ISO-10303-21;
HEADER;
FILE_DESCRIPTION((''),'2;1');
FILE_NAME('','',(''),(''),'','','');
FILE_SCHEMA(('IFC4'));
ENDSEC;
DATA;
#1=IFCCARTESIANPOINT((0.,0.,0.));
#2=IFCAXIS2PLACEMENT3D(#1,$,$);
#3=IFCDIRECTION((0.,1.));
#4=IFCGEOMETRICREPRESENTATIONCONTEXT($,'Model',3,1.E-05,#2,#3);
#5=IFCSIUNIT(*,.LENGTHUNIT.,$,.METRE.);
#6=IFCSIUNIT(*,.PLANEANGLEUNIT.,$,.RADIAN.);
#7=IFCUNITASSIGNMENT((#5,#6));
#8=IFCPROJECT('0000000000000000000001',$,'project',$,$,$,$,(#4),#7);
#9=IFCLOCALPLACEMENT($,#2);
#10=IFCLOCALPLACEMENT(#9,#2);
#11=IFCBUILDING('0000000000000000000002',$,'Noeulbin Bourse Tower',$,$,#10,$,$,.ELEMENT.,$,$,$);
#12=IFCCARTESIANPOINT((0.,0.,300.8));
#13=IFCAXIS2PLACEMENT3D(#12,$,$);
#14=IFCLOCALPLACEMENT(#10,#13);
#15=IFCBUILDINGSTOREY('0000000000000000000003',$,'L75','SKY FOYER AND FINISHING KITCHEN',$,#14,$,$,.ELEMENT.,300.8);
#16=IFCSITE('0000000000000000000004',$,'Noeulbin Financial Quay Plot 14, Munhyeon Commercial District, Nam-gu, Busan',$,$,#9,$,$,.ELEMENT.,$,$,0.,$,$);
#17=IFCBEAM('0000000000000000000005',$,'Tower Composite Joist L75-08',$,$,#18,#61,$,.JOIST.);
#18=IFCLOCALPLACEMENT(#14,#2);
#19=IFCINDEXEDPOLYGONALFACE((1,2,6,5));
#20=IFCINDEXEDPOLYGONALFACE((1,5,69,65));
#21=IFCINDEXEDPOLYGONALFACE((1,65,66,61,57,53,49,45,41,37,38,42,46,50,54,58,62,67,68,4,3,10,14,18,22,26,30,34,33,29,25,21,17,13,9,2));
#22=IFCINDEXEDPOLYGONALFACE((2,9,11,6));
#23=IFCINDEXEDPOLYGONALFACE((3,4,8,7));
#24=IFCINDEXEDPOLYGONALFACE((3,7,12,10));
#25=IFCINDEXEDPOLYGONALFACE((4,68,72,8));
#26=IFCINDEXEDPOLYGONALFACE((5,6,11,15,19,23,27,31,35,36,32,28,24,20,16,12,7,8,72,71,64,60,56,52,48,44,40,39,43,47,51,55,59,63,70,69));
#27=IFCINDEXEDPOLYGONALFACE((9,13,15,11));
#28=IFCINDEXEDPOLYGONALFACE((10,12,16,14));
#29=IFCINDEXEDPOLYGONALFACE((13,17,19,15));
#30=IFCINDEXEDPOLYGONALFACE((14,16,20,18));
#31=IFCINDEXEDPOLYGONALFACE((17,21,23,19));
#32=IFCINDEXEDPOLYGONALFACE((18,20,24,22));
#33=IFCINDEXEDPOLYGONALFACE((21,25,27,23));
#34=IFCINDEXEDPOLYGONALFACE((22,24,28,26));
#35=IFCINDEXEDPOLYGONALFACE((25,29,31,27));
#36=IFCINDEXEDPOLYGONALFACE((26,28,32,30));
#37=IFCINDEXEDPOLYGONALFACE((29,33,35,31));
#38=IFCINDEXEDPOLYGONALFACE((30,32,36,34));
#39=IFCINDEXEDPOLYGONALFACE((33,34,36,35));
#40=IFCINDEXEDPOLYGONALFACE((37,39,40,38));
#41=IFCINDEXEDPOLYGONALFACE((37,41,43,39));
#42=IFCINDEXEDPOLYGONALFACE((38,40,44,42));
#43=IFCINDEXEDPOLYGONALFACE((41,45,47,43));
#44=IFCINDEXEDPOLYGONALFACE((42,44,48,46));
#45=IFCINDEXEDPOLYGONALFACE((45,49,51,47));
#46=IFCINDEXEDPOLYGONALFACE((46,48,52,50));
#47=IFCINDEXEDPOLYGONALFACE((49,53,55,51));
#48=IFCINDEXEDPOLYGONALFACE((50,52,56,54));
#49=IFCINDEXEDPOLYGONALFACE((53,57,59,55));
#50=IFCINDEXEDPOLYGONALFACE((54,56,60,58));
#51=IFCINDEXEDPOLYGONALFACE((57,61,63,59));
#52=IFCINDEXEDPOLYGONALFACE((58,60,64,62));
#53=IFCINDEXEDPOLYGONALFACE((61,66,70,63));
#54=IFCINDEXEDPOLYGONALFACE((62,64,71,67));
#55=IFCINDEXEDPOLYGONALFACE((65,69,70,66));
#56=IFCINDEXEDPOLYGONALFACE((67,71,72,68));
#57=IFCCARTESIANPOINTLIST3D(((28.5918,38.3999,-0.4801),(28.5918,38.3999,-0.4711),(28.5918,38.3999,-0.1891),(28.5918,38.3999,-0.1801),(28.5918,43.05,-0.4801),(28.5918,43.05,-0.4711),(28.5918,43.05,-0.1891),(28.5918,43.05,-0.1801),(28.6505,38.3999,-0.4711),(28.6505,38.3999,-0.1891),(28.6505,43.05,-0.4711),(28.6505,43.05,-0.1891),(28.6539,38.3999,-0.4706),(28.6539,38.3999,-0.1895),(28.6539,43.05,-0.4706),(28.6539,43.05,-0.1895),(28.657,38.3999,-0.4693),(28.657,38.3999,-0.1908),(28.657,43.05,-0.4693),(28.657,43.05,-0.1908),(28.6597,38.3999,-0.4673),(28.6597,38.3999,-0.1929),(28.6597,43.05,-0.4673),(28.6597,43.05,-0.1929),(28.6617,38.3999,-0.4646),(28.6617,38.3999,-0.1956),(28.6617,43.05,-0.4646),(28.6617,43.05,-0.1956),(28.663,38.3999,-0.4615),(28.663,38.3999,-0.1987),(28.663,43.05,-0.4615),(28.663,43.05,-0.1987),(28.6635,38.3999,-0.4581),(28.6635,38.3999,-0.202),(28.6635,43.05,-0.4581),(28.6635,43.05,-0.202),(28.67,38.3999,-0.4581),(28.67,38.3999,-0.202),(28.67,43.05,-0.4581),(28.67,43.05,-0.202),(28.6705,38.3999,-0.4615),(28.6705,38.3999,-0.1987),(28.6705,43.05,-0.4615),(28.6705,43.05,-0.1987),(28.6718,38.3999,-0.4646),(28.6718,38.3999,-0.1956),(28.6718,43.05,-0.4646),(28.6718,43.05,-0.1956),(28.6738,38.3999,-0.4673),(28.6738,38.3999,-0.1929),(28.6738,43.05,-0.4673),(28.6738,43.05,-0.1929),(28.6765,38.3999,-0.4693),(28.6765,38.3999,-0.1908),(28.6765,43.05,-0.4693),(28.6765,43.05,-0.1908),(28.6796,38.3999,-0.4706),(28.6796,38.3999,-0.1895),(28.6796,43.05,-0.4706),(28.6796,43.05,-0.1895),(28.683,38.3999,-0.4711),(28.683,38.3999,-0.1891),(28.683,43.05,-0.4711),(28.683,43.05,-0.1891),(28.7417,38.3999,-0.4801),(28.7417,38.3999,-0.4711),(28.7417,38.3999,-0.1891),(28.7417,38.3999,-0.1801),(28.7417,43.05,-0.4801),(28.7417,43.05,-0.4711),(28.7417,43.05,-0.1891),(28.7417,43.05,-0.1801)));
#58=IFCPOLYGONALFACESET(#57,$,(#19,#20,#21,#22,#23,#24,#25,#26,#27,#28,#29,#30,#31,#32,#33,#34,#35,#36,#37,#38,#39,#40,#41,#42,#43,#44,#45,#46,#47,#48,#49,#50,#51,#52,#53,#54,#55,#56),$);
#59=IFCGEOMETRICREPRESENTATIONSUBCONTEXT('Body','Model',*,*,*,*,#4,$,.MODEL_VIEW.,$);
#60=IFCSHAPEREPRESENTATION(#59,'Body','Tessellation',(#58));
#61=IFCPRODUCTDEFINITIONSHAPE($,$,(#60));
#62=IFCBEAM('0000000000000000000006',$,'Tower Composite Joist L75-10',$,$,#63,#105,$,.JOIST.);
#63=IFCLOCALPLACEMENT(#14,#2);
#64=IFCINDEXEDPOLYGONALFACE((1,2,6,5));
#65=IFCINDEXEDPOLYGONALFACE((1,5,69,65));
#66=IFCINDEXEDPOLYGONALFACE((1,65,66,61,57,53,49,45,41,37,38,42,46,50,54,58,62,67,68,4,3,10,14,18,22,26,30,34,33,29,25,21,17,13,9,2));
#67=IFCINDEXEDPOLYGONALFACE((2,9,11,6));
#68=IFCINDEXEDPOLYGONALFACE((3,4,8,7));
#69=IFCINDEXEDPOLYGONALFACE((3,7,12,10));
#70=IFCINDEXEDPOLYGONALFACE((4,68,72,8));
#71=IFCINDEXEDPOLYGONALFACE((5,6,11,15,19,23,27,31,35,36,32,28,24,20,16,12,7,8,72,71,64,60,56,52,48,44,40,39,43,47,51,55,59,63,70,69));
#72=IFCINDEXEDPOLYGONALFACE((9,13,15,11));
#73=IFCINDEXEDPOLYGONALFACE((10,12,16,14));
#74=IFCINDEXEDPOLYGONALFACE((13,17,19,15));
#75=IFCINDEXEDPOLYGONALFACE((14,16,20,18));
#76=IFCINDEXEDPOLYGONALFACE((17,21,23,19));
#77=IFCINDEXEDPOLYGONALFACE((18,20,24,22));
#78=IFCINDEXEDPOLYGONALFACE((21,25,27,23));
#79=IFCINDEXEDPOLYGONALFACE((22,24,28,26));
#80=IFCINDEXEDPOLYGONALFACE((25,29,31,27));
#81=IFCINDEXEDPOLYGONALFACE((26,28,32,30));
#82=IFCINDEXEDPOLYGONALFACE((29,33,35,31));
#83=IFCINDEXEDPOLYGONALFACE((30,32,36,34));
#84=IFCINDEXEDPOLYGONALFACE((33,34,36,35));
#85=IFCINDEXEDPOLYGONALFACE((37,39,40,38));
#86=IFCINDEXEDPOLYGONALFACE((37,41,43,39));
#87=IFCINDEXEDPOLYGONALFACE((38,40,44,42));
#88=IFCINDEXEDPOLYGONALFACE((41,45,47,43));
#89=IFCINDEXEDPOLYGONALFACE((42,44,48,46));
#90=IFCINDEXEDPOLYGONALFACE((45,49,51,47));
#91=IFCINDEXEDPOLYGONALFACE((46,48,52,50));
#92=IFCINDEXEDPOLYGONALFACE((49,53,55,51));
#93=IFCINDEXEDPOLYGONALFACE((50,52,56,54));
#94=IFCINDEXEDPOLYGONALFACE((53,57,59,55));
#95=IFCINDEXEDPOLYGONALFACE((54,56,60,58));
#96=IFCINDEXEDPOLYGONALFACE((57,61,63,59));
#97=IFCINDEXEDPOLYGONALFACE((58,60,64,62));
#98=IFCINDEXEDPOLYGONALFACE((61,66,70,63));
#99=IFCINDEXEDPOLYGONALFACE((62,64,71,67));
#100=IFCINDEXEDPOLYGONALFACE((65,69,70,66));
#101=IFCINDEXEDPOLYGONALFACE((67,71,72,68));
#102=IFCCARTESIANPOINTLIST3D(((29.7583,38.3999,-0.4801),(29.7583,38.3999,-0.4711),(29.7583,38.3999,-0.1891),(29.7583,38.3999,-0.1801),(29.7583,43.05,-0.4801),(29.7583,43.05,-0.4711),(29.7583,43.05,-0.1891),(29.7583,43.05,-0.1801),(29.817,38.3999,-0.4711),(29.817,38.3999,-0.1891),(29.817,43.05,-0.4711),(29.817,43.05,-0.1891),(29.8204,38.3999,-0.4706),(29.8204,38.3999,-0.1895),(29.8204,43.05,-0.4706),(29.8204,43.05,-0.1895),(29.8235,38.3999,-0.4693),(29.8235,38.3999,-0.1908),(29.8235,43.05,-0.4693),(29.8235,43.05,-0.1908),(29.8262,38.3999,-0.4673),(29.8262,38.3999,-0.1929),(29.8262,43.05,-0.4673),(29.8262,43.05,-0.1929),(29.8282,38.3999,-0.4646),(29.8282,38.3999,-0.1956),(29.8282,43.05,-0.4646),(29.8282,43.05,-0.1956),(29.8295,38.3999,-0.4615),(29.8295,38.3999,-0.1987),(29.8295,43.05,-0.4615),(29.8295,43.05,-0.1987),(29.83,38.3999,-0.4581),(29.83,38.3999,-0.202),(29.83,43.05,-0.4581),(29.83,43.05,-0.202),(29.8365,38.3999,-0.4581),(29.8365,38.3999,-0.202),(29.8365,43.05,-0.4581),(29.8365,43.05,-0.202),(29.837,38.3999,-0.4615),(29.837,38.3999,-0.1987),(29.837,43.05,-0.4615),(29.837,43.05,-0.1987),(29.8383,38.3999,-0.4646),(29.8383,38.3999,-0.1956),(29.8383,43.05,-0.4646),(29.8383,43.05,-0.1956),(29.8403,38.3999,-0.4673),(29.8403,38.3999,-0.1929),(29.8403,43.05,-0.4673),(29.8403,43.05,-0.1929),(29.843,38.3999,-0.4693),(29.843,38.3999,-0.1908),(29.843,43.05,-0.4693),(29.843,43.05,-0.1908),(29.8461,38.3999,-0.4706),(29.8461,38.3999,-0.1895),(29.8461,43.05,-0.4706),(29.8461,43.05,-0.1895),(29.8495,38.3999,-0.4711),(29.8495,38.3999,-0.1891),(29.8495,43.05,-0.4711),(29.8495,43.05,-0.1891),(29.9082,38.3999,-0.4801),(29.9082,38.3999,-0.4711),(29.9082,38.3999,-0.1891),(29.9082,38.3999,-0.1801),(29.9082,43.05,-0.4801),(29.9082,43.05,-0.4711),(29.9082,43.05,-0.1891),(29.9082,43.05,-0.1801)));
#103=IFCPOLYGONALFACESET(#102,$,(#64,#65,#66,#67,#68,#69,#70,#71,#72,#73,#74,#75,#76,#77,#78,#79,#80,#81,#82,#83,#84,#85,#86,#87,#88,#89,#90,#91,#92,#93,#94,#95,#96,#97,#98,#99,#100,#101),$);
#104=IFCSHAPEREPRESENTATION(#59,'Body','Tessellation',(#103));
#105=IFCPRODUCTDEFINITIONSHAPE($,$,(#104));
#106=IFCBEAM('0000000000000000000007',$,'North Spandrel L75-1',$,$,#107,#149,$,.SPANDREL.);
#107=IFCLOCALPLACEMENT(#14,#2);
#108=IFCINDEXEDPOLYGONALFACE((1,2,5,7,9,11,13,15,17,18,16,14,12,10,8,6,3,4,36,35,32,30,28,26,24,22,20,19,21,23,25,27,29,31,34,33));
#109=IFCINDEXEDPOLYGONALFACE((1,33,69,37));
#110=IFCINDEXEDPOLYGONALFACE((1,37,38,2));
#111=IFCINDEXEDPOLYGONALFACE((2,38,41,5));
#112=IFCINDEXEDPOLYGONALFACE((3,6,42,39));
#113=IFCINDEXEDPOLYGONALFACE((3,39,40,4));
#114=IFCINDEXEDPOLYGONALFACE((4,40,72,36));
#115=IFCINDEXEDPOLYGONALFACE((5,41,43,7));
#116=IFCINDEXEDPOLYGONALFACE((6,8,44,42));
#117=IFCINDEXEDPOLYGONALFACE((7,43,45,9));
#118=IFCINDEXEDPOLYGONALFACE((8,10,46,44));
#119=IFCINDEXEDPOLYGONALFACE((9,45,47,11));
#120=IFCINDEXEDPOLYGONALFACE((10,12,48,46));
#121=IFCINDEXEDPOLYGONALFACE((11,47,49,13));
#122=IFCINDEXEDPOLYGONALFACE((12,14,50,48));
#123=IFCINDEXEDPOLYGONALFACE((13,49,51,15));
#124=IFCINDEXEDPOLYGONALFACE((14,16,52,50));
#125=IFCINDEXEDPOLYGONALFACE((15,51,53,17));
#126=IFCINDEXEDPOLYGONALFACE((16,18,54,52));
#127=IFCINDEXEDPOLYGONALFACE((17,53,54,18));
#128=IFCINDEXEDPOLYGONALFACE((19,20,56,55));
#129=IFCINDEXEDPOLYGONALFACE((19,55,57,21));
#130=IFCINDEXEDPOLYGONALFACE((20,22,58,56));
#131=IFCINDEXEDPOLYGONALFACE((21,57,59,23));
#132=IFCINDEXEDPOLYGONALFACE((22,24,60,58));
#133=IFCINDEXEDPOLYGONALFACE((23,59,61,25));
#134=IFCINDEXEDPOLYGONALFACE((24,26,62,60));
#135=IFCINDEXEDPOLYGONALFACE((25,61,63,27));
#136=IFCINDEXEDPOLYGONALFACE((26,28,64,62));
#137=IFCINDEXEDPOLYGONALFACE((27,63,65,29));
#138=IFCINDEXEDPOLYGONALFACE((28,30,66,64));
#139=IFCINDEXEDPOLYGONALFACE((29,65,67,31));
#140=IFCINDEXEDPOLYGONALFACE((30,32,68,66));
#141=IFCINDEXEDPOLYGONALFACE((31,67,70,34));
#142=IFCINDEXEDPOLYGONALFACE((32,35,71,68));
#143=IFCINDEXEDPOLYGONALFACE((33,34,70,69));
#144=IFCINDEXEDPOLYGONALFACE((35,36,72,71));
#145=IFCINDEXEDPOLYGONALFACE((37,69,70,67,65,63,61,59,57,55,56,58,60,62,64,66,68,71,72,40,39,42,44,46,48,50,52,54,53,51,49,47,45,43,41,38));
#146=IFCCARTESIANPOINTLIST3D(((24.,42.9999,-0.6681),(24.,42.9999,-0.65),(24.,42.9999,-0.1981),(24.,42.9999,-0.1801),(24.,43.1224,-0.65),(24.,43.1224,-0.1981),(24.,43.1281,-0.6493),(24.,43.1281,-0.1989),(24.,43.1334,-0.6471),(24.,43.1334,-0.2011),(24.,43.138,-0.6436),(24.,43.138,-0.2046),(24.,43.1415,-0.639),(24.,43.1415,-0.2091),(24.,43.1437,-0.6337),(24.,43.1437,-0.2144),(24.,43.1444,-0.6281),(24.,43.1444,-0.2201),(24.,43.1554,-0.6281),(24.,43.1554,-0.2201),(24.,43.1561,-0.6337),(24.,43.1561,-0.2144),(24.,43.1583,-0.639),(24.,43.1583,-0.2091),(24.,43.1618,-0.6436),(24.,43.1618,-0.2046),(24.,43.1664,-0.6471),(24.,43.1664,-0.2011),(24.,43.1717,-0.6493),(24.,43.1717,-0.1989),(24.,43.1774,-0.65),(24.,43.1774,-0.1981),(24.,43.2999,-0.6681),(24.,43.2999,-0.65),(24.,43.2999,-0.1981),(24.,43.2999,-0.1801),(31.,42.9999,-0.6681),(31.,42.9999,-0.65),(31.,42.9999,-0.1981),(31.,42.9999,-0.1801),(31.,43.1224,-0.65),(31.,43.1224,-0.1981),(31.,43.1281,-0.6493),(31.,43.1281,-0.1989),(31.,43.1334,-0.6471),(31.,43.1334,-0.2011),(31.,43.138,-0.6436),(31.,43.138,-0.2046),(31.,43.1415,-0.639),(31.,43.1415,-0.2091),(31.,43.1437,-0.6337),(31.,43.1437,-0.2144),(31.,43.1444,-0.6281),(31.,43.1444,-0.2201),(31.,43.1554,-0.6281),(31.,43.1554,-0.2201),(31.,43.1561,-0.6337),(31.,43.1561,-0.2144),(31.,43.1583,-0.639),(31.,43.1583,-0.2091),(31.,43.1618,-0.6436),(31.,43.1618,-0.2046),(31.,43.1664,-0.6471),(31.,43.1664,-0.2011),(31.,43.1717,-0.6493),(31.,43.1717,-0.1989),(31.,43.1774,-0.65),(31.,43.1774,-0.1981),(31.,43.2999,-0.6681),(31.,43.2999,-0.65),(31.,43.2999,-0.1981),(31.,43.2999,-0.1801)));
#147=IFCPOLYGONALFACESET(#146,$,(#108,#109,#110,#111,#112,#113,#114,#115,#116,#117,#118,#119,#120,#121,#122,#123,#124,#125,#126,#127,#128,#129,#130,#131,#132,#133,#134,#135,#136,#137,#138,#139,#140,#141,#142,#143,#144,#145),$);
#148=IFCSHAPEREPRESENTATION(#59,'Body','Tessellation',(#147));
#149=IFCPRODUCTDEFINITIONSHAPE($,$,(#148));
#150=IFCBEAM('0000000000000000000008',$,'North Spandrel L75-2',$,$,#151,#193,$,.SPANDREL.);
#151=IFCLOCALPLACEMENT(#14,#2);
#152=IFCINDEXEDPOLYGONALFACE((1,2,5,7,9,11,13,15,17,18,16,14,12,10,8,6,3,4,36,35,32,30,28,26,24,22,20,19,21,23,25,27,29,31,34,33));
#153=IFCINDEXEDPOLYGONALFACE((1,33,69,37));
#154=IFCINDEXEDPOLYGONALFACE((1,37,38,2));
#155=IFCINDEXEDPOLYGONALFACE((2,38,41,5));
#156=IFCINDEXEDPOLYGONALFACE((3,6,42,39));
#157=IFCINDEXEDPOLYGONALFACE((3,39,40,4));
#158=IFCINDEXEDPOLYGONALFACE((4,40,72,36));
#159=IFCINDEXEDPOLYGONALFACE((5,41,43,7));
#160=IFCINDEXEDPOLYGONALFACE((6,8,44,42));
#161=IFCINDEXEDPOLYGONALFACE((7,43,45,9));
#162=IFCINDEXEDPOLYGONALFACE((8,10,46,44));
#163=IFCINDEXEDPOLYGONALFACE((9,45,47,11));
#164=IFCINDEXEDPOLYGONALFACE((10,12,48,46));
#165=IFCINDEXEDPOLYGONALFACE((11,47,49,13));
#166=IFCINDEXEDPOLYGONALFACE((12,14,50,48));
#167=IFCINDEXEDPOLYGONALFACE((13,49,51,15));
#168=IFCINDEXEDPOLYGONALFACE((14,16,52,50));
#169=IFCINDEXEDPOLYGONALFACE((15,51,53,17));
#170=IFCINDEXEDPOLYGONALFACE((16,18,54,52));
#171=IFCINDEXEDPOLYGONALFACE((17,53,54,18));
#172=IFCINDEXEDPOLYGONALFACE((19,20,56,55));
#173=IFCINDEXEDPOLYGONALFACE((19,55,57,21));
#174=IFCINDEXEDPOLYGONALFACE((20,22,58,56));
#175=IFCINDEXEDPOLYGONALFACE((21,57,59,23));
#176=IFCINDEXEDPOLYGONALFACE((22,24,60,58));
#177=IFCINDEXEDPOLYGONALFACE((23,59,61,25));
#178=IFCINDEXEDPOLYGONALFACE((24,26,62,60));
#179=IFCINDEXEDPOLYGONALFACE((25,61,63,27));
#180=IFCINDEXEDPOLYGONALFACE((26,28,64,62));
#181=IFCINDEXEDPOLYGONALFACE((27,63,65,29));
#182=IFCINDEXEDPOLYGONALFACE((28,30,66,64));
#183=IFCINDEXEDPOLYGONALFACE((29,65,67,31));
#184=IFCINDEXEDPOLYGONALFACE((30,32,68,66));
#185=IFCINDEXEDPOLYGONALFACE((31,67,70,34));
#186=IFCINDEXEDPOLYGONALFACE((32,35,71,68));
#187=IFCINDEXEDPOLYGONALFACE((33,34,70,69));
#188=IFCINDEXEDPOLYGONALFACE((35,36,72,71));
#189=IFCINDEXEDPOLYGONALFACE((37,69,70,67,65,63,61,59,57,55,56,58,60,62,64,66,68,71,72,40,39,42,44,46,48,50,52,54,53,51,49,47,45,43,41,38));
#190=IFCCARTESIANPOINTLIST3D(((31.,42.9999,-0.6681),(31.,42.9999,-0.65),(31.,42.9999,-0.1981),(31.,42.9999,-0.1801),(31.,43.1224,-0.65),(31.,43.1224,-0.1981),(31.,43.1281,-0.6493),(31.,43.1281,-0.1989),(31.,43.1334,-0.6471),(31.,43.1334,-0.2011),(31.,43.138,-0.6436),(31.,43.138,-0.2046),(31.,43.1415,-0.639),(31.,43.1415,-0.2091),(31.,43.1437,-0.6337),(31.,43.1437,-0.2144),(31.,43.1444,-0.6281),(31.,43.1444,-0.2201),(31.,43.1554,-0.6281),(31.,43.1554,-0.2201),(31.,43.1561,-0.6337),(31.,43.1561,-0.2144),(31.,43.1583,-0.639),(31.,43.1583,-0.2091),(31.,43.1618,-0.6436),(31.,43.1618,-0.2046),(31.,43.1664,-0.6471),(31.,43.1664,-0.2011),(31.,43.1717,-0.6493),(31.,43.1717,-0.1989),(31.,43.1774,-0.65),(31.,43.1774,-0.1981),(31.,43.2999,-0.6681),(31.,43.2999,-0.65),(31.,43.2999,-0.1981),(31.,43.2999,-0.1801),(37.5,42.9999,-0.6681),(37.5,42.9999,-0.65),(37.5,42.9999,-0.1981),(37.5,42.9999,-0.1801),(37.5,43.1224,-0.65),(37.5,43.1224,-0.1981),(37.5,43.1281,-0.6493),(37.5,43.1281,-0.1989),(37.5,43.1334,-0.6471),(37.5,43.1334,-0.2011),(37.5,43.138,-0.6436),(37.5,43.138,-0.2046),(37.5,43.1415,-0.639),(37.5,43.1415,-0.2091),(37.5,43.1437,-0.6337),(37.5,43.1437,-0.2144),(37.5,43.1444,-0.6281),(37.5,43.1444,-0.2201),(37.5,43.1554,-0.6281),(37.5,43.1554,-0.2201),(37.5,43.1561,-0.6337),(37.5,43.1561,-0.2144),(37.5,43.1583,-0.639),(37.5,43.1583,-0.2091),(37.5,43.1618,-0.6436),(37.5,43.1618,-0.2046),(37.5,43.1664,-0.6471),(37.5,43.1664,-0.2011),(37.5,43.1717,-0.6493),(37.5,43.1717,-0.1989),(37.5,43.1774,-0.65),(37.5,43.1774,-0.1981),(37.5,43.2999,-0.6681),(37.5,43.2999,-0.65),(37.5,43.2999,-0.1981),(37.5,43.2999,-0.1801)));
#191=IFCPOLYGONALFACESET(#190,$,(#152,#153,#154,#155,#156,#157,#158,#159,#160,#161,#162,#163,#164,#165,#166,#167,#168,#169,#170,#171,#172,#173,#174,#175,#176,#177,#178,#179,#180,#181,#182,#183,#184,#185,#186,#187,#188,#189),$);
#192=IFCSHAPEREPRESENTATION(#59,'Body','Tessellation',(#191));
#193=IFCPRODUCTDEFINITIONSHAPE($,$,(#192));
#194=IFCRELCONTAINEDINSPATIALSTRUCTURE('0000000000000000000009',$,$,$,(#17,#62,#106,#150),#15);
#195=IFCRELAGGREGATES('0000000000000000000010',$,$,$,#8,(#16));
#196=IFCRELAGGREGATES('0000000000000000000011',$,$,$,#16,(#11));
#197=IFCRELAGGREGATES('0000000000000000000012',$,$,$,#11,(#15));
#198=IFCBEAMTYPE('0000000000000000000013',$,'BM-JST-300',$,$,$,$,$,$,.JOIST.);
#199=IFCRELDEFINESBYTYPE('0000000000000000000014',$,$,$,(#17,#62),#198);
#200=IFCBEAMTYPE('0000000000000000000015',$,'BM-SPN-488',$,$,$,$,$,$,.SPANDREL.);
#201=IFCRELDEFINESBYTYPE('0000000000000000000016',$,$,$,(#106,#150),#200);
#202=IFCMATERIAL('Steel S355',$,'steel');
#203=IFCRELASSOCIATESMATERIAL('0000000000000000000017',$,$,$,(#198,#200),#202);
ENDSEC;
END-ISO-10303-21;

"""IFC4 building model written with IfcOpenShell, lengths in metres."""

from ifc_helpers import new_model, si_unit, direction, frame, origin, origin_2d, place, context, subcontext, project, spatial, i_section, extrude, material, material_profile, profile_set, type_object, element, save


model = new_model("IFC4")

# Units and contexts
model_context = context("Model", 3, precision=1e-05, world=origin(), true_north=direction((0.0, 1.0)))
body_context = subcontext(model_context, "Body", "Model", "MODEL_VIEW")
ifc_project = project(units=[si_unit("LENGTHUNIT", "METRE"), si_unit("PLANEANGLEUNIT", "RADIAN")], contexts=[model_context])

# Site, building, storey
site_placement = place(None, origin())
site = spatial("IfcSite", under=ifc_project, at=site_placement, Name="Noeulbin Financial Quay Plot 14, Munhyeon Commercial District, Nam-gu, Busan", CompositionType="ELEMENT", RefElevation=0.0)
building_placement = place(site_placement, origin())
building = spatial("IfcBuilding", under=site, at=building_placement, Name="Noeulbin Bourse Tower", CompositionType="ELEMENT")
storey_placement = place(building_placement, frame((0.0, 0.0, 300.8)))
storey = spatial("IfcBuildingStorey", under=building, at=storey_placement, Name="L75", Description="SKY FOYER AND FINISHING KITCHEN", CompositionType="ELEMENT", Elevation=300.8)

# Shared definitions
ifc_material_1 = material(Name="Steel S355", Category="steel")

# Beams
ifc_material_profile_1 = material_profile(ifc_material_1, i_section(OverallWidth=0.1499, OverallDepth=0.3, WebThickness=0.0066, FlangeThickness=0.009, FilletRadius=0.0129, at=origin_2d()), Name="H-300x150x6.5x9", Category="LoadBearing")
ifc_profile_set_1 = profile_set([ifc_material_profile_1], Name="Steel S355")
beam_type_1 = type_object("IfcBeamType", Name="BM-JST-300", PredefinedType="JOIST", material=ifc_profile_set_1)
for number, where, z_axis, x_axis, name in (
    (1, (28.6667, 38.3999, -0.3301), (0.0, 1.0, 0.0), (-1.0, 0.0, 0.0), "Tower Composite Joist L75-08"),
    (2, (29.8333, 38.3999, -0.3301), (0.0, 1.0, 0.0), (-1.0, 0.0, 0.0), "Tower Composite Joist L75-10"),
):
    element("IfcBeam", number, at=place(storey_placement, frame(where, z_axis=z_axis, x_axis=x_axis)), inside=storey, type_object=beam_type_1, Name=name, PredefinedType="JOIST", context=body_context, shape_type="SweptSolid", body=[
        extrude(i_section(OverallWidth=0.1499, OverallDepth=0.3, WebThickness=0.0066, FlangeThickness=0.009, FilletRadius=0.0129, at=origin_2d()), origin(), (0.0, 0.0, 1.0), 4.6501),
    ])
ifc_material_profile_2 = material_profile(ifc_material_1, i_section(OverallWidth=0.3, OverallDepth=0.488, WebThickness=0.011, FlangeThickness=0.0181, FilletRadius=0.022, at=origin_2d()), Name="H-488x300x11x18", Category="LoadBearing")
ifc_profile_set_2 = profile_set([ifc_material_profile_2], Name="Steel S355")
beam_type_2 = type_object("IfcBeamType", Name="BM-SPN-488", PredefinedType="SPANDREL", material=ifc_profile_set_2)
beam_1_placement = place(storey_placement, frame((24.0, 43.1499, -0.4241), z_axis=(1.0, 0.0, 0.0), x_axis=(0.0, 1.0, 0.0)))
element("IfcBeam", 3, at=beam_1_placement, inside=storey, type_object=beam_type_2, Name="North Spandrel L75-1", PredefinedType="SPANDREL", context=body_context, shape_type="SweptSolid", body=[
    extrude(i_section(OverallWidth=0.3, OverallDepth=0.488, WebThickness=0.011, FlangeThickness=0.0181, FilletRadius=0.022, at=origin_2d()), origin(), (0.0, 0.0, 1.0), 7.0),
])
beam_2_placement = place(storey_placement, frame((31.0, 43.1499, -0.4241), z_axis=(1.0, 0.0, 0.0), x_axis=(0.0, 1.0, 0.0)))
element("IfcBeam", 4, at=beam_2_placement, inside=storey, type_object=beam_type_2, Name="North Spandrel L75-2", PredefinedType="SPANDREL", context=body_context, shape_type="SweptSolid", body=[
    extrude(i_section(OverallWidth=0.3, OverallDepth=0.488, WebThickness=0.011, FlangeThickness=0.0181, FilletRadius=0.022, at=origin_2d()), origin(), (0.0, 0.0, 1.0), 6.5),
])

save(model, "model.ifc")
